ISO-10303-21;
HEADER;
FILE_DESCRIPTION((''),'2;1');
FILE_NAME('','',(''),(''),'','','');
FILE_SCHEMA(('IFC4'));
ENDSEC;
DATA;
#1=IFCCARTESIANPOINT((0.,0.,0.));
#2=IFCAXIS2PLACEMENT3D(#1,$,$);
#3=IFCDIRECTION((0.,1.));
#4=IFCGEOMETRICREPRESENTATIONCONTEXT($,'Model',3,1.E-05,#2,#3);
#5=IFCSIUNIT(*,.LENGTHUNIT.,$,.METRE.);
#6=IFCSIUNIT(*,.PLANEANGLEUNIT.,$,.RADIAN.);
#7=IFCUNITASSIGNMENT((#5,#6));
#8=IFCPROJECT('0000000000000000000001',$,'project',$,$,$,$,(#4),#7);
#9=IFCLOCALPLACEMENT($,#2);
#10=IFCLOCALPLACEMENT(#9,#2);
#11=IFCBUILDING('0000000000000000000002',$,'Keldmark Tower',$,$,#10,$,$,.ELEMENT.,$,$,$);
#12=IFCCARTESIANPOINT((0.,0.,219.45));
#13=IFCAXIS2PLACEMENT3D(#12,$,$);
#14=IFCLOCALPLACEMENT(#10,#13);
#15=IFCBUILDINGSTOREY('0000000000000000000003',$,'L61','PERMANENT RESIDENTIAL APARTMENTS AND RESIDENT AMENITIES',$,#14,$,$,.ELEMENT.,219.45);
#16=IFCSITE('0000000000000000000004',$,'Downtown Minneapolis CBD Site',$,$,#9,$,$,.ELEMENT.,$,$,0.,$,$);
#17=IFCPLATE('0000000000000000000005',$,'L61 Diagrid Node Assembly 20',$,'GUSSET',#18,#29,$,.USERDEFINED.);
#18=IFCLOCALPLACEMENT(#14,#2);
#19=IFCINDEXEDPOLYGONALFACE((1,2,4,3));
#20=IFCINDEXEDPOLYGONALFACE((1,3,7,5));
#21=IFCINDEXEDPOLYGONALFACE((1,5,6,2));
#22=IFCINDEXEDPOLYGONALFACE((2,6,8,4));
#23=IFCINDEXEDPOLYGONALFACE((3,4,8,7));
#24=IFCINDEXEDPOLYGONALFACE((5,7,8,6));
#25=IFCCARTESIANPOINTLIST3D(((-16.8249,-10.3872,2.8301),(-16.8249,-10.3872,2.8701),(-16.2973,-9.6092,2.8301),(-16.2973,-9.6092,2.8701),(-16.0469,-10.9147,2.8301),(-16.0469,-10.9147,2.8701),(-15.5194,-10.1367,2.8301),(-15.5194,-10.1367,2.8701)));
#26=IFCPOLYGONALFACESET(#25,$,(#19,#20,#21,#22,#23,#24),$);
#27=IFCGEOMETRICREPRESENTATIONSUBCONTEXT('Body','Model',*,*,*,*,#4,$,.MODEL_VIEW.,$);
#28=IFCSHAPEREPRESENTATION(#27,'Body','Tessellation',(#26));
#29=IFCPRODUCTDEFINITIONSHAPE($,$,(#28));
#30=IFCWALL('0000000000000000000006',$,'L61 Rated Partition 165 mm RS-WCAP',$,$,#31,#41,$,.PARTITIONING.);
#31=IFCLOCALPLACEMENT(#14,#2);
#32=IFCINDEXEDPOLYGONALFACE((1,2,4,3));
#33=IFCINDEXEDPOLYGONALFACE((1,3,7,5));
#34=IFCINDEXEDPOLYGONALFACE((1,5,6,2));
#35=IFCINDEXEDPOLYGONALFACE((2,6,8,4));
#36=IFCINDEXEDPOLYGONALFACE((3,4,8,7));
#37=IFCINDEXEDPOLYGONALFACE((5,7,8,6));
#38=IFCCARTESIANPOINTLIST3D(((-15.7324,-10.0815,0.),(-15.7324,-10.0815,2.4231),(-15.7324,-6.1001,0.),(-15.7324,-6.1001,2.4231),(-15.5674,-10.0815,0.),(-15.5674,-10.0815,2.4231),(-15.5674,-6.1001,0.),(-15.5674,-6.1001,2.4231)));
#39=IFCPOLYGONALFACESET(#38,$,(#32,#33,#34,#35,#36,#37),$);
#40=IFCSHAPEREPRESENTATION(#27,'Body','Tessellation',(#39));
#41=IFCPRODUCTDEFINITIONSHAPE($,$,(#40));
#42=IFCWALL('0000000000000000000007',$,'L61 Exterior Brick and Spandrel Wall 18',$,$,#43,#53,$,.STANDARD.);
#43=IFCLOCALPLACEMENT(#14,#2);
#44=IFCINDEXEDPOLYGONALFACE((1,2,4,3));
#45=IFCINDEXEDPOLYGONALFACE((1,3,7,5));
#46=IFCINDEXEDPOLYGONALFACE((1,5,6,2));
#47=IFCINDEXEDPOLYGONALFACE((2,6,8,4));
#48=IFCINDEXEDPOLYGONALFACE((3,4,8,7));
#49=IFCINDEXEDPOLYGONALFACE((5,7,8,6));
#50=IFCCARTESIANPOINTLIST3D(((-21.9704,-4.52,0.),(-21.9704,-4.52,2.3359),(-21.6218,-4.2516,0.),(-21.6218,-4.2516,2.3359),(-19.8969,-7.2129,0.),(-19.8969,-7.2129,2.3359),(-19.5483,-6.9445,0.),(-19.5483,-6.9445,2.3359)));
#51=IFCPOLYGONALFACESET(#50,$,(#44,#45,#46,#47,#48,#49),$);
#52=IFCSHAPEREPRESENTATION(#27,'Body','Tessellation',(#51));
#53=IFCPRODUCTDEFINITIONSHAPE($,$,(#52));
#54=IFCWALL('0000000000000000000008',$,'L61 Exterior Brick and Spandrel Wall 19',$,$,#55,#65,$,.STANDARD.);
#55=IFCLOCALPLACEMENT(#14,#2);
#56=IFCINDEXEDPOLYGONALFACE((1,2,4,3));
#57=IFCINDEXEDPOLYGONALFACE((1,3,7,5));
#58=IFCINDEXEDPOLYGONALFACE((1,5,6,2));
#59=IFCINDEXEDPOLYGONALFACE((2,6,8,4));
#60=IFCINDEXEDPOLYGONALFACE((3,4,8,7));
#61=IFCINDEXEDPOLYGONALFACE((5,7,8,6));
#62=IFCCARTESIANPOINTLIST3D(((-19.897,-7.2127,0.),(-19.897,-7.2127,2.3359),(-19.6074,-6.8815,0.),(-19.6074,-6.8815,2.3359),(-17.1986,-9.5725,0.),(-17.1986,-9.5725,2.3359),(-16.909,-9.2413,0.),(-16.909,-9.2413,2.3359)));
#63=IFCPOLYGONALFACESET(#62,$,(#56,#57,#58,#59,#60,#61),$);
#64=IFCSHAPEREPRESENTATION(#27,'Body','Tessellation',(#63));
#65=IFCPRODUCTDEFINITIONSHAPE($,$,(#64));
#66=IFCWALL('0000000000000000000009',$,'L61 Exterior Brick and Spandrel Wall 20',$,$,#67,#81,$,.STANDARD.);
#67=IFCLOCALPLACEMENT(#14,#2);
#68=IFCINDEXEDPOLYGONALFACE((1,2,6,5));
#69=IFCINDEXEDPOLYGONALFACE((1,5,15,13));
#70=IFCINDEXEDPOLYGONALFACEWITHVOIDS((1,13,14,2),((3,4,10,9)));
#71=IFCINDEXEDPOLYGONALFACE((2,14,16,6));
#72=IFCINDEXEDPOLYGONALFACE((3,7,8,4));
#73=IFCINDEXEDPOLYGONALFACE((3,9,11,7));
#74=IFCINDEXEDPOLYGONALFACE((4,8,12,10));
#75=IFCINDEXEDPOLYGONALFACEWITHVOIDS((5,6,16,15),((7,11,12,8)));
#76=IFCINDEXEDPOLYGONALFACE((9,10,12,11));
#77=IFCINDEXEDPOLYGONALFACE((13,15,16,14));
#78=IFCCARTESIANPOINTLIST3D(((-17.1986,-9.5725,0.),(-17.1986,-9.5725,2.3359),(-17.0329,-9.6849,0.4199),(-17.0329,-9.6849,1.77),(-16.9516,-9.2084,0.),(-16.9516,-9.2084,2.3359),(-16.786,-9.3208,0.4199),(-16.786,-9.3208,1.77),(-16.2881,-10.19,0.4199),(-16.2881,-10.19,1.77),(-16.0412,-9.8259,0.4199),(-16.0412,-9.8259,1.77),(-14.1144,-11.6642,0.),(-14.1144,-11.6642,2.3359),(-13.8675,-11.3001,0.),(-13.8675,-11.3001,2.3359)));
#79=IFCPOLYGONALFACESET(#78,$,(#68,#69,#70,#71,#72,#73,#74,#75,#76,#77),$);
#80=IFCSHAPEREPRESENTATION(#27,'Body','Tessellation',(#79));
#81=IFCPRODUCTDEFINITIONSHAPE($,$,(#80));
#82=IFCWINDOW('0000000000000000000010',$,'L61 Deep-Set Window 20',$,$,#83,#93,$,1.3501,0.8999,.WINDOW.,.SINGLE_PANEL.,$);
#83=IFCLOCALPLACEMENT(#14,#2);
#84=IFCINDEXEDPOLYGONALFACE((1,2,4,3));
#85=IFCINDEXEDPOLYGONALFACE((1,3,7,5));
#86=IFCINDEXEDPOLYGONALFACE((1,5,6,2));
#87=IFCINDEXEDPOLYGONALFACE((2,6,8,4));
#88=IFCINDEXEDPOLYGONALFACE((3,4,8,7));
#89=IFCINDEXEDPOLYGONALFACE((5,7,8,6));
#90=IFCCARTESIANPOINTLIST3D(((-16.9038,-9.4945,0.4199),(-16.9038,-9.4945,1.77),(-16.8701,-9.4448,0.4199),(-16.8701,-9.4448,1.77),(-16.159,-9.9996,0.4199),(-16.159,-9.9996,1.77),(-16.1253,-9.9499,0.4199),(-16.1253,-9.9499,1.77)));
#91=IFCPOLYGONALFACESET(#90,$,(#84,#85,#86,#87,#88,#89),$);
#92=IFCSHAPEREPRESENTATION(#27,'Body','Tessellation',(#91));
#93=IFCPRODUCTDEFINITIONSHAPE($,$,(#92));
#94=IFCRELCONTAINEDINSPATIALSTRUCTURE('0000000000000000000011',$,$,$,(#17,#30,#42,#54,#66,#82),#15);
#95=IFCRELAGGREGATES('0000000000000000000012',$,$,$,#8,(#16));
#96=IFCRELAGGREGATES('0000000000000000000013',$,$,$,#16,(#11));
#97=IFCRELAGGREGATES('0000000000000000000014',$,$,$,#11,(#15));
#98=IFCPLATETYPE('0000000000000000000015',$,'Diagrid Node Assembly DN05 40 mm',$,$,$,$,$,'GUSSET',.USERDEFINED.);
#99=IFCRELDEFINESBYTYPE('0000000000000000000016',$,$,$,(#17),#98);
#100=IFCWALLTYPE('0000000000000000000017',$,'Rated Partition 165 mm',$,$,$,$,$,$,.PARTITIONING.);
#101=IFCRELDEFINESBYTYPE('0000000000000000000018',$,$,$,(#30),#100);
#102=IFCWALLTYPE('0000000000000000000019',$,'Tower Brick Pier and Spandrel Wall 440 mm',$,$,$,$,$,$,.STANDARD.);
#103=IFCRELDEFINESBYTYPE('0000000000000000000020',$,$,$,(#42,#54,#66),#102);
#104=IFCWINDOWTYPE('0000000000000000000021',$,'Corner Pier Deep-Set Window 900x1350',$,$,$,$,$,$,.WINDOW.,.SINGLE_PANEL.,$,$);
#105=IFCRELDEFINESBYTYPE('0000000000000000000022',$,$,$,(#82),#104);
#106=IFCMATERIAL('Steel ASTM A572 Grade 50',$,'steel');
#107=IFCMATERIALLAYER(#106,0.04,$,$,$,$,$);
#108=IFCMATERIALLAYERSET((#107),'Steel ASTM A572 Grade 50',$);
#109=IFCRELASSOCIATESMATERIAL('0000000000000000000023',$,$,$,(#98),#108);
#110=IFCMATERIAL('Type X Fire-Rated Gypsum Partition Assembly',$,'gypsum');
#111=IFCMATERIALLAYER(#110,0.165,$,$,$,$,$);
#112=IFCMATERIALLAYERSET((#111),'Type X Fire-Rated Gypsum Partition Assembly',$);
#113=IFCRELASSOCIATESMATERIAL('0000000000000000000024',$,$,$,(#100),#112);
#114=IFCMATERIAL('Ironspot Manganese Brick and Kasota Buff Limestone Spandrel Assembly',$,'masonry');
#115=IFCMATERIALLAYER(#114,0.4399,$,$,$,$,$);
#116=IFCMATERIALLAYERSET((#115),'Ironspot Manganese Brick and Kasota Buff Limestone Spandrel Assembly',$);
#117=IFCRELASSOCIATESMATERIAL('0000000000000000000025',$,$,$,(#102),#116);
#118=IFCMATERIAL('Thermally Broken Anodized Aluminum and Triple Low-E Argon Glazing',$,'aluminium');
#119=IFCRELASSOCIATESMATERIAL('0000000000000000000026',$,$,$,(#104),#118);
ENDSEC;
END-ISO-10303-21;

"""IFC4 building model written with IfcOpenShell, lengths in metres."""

from ifc_helpers import new_model, si_unit, direction, frame, frame_2d, origin, origin_2d, place, context, subcontext, project, spatial, rectangle, extrude, material, layer, layer_set, type_object, element, fill, save


model = new_model("IFC4")

# Units and contexts
model_context = context("Model", 3, precision=1e-05, world=origin(), true_north=direction((0.0, 1.0)))
body_context = subcontext(model_context, "Body", "Model", "MODEL_VIEW")
ifc_project = project(units=[si_unit("LENGTHUNIT", "METRE"), si_unit("PLANEANGLEUNIT", "RADIAN")], contexts=[model_context])

# Site, building, storey
site_placement = place(None, origin())
site = spatial("IfcSite", under=ifc_project, at=site_placement, Name="Downtown Minneapolis CBD Site", CompositionType="ELEMENT", RefElevation=0.0)
building_placement = place(site_placement, origin())
building = spatial("IfcBuilding", under=site, at=building_placement, Name="Keldmark Tower", CompositionType="ELEMENT")
storey_placement = place(building_placement, frame((0.0, 0.0, 219.45)))
storey = spatial("IfcBuildingStorey", under=building, at=storey_placement, Name="L61", Description="PERMANENT RESIDENTIAL APARTMENTS AND RESIDENT AMENITIES", CompositionType="ELEMENT", Elevation=219.45)

# Plate
ifc_material_1 = material(Name="Steel ASTM A572 Grade 50", Category="steel")
ifc_layer_1 = layer(ifc_material_1, 0.04)
ifc_layer_set_1 = layer_set([ifc_layer_1], Name="Steel ASTM A572 Grade 50")
plate_type = type_object("IfcPlateType", Name="Diagrid Node Assembly DN05 40 mm", ElementType="GUSSET", PredefinedType="USERDEFINED", material=ifc_layer_set_1)
for number, where, z_axis, x_axis, name in (
    (1, (-16.1721, -10.262, 2.8301), (0.0, 0.0, 1.0), (0.827669, -0.561217, 0.0), "L61 Diagrid Node Assembly 20"),
):
    element("IfcPlate", number, at=place(storey_placement, frame(where, z_axis=z_axis, x_axis=x_axis)), inside=storey, type_object=plate_type, Name=name, ObjectType="GUSSET", PredefinedType="USERDEFINED", context=body_context, shape_type="SweptSolid", body=[
        extrude(rectangle(XDim=0.9399, YDim=0.9399, at=origin_2d()), origin(), (0.0, 0.0, 1.0), 0.04),
    ])

# Walls
ifc_material_2 = material(Name="Type X Fire-Rated Gypsum Partition Assembly", Category="gypsum")
ifc_layer_2 = layer(ifc_material_2, 0.165)
ifc_layer_set_2 = layer_set([ifc_layer_2], Name="Type X Fire-Rated Gypsum Partition Assembly")
wall_type_1 = type_object("IfcWallType", Name="Rated Partition 165 mm", PredefinedType="PARTITIONING", material=ifc_layer_set_2)
wall_1_placement = place(storey_placement, frame((-15.6499, -10.0815, 0.0), z_axis=(0.0, 0.0, 1.0), x_axis=(0.0, 1.0, 0.0)))
element("IfcWall", 2, at=wall_1_placement, inside=storey, type_object=wall_type_1, Name="L61 Rated Partition 165 mm RS-WCAP", PredefinedType="PARTITIONING", context=body_context, shape_type="SweptSolid", body=[
    extrude(rectangle(XDim=3.9814, YDim=0.165, at=frame_2d((1.9907, 0.0))), origin(), (0.0, 0.0, 1.0), 2.4231),
])
ifc_material_3 = material(Name="Ironspot Manganese Brick and Kasota Buff Limestone Spandrel Assembly", Category="masonry")
ifc_layer_3 = layer(ifc_material_3, 0.4399)
ifc_layer_set_3 = layer_set([ifc_layer_3], Name="Ironspot Manganese Brick and Kasota Buff Limestone Spandrel Assembly")
wall_type_2 = type_object("IfcWallType", Name="Tower Brick Pier and Spandrel Wall 440 mm", PredefinedType="STANDARD", material=ifc_layer_set_3)
wall_2_placement = place(storey_placement, frame((-19.7227, -7.0786, 0.0), z_axis=(0.0, 0.0, 1.0), x_axis=(-0.610089, 0.792333, 0.0)))
element("IfcWall", 3, at=wall_2_placement, inside=storey, type_object=wall_type_2, Name="L61 Exterior Brick and Spandrel Wall 18", PredefinedType="STANDARD", context=body_context, shape_type="SweptSolid", body=[
    extrude(rectangle(XDim=3.3987, YDim=0.4399, at=frame_2d((1.6992, 0.0))), origin(), (0.0, 0.0, 1.0), 2.3359),
])
wall_3_placement = place(storey_placement, frame((-17.0537, -9.407, 0.0), z_axis=(0.0, 0.0, 1.0), x_axis=(-0.752758, 0.658297, 0.0)))
element("IfcWall", 4, at=wall_3_placement, inside=storey, type_object=wall_type_2, Name="L61 Exterior Brick and Spandrel Wall 19", PredefinedType="STANDARD", context=body_context, shape_type="SweptSolid", body=[
    extrude(rectangle(XDim=3.5847, YDim=0.4399, at=frame_2d((1.7925, 0.0))), origin(), (0.0, 0.0, 1.0), 2.3359),
])

# Wall, opening, window
wall_4_placement = place(storey_placement, frame((-13.991, -11.4822, 0.0), z_axis=(0.0, 0.0, 1.0), x_axis=(-0.827609, 0.561304, 0.0)))
wall_4 = element("IfcWall", 5, at=wall_4_placement, inside=storey, type_object=wall_type_2, Name="L61 Exterior Brick and Spandrel Wall 20", PredefinedType="STANDARD", context=body_context, shape_type="SweptSolid", body=[
    extrude(rectangle(XDim=3.7266, YDim=0.4399, at=frame_2d((1.8633, 0.0))), origin(), (0.0, 0.0, 1.0), 2.3359),
])
opening_placement = place(wall_4_placement, frame((2.6265, 0.0, 0.4199)))
opening = element("IfcOpeningElement", 6, at=opening_placement, cuts=wall_4, PredefinedType="OPENING", context=body_context, shape_type="SweptSolid", body=[
    extrude(rectangle(XDim=0.8999, YDim=1.3501, at=frame_2d((0.45, 0.675))), frame((0.0, 0.23, 0.0), z_axis=(0.0, -1.0, 0.0), x_axis=(1.0, 0.0, 0.0)), (0.0, 0.0, 1.0), 0.46),
])
ifc_material_4 = material(Name="Thermally Broken Anodized Aluminum and Triple Low-E Argon Glazing", Category="aluminium")
window_type = type_object("IfcWindowType", Name="Corner Pier Deep-Set Window 900x1350", PartitioningType="SINGLE_PANEL", PredefinedType="WINDOW", material=ifc_material_4)
window_placement = place(opening_placement, origin())
window = element("IfcWindow", 7, at=window_placement, inside=storey, type_object=window_type, Name="L61 Deep-Set Window 20", OverallHeight=1.3501, OverallWidth=0.8999, PartitioningType="SINGLE_PANEL", PredefinedType="WINDOW", context=body_context, shape_type="SweptSolid", body=[
    extrude(rectangle(XDim=0.8999, YDim=1.3501, at=frame_2d((0.45, 0.675))), frame((0.0, -0.01, 0.0), z_axis=(0.0, -1.0, 0.0), x_axis=(1.0, 0.0, 0.0)), (0.0, 0.0, 1.0), 0.0601),
])
fill(opening, window)

save(model, "model.ifc")
